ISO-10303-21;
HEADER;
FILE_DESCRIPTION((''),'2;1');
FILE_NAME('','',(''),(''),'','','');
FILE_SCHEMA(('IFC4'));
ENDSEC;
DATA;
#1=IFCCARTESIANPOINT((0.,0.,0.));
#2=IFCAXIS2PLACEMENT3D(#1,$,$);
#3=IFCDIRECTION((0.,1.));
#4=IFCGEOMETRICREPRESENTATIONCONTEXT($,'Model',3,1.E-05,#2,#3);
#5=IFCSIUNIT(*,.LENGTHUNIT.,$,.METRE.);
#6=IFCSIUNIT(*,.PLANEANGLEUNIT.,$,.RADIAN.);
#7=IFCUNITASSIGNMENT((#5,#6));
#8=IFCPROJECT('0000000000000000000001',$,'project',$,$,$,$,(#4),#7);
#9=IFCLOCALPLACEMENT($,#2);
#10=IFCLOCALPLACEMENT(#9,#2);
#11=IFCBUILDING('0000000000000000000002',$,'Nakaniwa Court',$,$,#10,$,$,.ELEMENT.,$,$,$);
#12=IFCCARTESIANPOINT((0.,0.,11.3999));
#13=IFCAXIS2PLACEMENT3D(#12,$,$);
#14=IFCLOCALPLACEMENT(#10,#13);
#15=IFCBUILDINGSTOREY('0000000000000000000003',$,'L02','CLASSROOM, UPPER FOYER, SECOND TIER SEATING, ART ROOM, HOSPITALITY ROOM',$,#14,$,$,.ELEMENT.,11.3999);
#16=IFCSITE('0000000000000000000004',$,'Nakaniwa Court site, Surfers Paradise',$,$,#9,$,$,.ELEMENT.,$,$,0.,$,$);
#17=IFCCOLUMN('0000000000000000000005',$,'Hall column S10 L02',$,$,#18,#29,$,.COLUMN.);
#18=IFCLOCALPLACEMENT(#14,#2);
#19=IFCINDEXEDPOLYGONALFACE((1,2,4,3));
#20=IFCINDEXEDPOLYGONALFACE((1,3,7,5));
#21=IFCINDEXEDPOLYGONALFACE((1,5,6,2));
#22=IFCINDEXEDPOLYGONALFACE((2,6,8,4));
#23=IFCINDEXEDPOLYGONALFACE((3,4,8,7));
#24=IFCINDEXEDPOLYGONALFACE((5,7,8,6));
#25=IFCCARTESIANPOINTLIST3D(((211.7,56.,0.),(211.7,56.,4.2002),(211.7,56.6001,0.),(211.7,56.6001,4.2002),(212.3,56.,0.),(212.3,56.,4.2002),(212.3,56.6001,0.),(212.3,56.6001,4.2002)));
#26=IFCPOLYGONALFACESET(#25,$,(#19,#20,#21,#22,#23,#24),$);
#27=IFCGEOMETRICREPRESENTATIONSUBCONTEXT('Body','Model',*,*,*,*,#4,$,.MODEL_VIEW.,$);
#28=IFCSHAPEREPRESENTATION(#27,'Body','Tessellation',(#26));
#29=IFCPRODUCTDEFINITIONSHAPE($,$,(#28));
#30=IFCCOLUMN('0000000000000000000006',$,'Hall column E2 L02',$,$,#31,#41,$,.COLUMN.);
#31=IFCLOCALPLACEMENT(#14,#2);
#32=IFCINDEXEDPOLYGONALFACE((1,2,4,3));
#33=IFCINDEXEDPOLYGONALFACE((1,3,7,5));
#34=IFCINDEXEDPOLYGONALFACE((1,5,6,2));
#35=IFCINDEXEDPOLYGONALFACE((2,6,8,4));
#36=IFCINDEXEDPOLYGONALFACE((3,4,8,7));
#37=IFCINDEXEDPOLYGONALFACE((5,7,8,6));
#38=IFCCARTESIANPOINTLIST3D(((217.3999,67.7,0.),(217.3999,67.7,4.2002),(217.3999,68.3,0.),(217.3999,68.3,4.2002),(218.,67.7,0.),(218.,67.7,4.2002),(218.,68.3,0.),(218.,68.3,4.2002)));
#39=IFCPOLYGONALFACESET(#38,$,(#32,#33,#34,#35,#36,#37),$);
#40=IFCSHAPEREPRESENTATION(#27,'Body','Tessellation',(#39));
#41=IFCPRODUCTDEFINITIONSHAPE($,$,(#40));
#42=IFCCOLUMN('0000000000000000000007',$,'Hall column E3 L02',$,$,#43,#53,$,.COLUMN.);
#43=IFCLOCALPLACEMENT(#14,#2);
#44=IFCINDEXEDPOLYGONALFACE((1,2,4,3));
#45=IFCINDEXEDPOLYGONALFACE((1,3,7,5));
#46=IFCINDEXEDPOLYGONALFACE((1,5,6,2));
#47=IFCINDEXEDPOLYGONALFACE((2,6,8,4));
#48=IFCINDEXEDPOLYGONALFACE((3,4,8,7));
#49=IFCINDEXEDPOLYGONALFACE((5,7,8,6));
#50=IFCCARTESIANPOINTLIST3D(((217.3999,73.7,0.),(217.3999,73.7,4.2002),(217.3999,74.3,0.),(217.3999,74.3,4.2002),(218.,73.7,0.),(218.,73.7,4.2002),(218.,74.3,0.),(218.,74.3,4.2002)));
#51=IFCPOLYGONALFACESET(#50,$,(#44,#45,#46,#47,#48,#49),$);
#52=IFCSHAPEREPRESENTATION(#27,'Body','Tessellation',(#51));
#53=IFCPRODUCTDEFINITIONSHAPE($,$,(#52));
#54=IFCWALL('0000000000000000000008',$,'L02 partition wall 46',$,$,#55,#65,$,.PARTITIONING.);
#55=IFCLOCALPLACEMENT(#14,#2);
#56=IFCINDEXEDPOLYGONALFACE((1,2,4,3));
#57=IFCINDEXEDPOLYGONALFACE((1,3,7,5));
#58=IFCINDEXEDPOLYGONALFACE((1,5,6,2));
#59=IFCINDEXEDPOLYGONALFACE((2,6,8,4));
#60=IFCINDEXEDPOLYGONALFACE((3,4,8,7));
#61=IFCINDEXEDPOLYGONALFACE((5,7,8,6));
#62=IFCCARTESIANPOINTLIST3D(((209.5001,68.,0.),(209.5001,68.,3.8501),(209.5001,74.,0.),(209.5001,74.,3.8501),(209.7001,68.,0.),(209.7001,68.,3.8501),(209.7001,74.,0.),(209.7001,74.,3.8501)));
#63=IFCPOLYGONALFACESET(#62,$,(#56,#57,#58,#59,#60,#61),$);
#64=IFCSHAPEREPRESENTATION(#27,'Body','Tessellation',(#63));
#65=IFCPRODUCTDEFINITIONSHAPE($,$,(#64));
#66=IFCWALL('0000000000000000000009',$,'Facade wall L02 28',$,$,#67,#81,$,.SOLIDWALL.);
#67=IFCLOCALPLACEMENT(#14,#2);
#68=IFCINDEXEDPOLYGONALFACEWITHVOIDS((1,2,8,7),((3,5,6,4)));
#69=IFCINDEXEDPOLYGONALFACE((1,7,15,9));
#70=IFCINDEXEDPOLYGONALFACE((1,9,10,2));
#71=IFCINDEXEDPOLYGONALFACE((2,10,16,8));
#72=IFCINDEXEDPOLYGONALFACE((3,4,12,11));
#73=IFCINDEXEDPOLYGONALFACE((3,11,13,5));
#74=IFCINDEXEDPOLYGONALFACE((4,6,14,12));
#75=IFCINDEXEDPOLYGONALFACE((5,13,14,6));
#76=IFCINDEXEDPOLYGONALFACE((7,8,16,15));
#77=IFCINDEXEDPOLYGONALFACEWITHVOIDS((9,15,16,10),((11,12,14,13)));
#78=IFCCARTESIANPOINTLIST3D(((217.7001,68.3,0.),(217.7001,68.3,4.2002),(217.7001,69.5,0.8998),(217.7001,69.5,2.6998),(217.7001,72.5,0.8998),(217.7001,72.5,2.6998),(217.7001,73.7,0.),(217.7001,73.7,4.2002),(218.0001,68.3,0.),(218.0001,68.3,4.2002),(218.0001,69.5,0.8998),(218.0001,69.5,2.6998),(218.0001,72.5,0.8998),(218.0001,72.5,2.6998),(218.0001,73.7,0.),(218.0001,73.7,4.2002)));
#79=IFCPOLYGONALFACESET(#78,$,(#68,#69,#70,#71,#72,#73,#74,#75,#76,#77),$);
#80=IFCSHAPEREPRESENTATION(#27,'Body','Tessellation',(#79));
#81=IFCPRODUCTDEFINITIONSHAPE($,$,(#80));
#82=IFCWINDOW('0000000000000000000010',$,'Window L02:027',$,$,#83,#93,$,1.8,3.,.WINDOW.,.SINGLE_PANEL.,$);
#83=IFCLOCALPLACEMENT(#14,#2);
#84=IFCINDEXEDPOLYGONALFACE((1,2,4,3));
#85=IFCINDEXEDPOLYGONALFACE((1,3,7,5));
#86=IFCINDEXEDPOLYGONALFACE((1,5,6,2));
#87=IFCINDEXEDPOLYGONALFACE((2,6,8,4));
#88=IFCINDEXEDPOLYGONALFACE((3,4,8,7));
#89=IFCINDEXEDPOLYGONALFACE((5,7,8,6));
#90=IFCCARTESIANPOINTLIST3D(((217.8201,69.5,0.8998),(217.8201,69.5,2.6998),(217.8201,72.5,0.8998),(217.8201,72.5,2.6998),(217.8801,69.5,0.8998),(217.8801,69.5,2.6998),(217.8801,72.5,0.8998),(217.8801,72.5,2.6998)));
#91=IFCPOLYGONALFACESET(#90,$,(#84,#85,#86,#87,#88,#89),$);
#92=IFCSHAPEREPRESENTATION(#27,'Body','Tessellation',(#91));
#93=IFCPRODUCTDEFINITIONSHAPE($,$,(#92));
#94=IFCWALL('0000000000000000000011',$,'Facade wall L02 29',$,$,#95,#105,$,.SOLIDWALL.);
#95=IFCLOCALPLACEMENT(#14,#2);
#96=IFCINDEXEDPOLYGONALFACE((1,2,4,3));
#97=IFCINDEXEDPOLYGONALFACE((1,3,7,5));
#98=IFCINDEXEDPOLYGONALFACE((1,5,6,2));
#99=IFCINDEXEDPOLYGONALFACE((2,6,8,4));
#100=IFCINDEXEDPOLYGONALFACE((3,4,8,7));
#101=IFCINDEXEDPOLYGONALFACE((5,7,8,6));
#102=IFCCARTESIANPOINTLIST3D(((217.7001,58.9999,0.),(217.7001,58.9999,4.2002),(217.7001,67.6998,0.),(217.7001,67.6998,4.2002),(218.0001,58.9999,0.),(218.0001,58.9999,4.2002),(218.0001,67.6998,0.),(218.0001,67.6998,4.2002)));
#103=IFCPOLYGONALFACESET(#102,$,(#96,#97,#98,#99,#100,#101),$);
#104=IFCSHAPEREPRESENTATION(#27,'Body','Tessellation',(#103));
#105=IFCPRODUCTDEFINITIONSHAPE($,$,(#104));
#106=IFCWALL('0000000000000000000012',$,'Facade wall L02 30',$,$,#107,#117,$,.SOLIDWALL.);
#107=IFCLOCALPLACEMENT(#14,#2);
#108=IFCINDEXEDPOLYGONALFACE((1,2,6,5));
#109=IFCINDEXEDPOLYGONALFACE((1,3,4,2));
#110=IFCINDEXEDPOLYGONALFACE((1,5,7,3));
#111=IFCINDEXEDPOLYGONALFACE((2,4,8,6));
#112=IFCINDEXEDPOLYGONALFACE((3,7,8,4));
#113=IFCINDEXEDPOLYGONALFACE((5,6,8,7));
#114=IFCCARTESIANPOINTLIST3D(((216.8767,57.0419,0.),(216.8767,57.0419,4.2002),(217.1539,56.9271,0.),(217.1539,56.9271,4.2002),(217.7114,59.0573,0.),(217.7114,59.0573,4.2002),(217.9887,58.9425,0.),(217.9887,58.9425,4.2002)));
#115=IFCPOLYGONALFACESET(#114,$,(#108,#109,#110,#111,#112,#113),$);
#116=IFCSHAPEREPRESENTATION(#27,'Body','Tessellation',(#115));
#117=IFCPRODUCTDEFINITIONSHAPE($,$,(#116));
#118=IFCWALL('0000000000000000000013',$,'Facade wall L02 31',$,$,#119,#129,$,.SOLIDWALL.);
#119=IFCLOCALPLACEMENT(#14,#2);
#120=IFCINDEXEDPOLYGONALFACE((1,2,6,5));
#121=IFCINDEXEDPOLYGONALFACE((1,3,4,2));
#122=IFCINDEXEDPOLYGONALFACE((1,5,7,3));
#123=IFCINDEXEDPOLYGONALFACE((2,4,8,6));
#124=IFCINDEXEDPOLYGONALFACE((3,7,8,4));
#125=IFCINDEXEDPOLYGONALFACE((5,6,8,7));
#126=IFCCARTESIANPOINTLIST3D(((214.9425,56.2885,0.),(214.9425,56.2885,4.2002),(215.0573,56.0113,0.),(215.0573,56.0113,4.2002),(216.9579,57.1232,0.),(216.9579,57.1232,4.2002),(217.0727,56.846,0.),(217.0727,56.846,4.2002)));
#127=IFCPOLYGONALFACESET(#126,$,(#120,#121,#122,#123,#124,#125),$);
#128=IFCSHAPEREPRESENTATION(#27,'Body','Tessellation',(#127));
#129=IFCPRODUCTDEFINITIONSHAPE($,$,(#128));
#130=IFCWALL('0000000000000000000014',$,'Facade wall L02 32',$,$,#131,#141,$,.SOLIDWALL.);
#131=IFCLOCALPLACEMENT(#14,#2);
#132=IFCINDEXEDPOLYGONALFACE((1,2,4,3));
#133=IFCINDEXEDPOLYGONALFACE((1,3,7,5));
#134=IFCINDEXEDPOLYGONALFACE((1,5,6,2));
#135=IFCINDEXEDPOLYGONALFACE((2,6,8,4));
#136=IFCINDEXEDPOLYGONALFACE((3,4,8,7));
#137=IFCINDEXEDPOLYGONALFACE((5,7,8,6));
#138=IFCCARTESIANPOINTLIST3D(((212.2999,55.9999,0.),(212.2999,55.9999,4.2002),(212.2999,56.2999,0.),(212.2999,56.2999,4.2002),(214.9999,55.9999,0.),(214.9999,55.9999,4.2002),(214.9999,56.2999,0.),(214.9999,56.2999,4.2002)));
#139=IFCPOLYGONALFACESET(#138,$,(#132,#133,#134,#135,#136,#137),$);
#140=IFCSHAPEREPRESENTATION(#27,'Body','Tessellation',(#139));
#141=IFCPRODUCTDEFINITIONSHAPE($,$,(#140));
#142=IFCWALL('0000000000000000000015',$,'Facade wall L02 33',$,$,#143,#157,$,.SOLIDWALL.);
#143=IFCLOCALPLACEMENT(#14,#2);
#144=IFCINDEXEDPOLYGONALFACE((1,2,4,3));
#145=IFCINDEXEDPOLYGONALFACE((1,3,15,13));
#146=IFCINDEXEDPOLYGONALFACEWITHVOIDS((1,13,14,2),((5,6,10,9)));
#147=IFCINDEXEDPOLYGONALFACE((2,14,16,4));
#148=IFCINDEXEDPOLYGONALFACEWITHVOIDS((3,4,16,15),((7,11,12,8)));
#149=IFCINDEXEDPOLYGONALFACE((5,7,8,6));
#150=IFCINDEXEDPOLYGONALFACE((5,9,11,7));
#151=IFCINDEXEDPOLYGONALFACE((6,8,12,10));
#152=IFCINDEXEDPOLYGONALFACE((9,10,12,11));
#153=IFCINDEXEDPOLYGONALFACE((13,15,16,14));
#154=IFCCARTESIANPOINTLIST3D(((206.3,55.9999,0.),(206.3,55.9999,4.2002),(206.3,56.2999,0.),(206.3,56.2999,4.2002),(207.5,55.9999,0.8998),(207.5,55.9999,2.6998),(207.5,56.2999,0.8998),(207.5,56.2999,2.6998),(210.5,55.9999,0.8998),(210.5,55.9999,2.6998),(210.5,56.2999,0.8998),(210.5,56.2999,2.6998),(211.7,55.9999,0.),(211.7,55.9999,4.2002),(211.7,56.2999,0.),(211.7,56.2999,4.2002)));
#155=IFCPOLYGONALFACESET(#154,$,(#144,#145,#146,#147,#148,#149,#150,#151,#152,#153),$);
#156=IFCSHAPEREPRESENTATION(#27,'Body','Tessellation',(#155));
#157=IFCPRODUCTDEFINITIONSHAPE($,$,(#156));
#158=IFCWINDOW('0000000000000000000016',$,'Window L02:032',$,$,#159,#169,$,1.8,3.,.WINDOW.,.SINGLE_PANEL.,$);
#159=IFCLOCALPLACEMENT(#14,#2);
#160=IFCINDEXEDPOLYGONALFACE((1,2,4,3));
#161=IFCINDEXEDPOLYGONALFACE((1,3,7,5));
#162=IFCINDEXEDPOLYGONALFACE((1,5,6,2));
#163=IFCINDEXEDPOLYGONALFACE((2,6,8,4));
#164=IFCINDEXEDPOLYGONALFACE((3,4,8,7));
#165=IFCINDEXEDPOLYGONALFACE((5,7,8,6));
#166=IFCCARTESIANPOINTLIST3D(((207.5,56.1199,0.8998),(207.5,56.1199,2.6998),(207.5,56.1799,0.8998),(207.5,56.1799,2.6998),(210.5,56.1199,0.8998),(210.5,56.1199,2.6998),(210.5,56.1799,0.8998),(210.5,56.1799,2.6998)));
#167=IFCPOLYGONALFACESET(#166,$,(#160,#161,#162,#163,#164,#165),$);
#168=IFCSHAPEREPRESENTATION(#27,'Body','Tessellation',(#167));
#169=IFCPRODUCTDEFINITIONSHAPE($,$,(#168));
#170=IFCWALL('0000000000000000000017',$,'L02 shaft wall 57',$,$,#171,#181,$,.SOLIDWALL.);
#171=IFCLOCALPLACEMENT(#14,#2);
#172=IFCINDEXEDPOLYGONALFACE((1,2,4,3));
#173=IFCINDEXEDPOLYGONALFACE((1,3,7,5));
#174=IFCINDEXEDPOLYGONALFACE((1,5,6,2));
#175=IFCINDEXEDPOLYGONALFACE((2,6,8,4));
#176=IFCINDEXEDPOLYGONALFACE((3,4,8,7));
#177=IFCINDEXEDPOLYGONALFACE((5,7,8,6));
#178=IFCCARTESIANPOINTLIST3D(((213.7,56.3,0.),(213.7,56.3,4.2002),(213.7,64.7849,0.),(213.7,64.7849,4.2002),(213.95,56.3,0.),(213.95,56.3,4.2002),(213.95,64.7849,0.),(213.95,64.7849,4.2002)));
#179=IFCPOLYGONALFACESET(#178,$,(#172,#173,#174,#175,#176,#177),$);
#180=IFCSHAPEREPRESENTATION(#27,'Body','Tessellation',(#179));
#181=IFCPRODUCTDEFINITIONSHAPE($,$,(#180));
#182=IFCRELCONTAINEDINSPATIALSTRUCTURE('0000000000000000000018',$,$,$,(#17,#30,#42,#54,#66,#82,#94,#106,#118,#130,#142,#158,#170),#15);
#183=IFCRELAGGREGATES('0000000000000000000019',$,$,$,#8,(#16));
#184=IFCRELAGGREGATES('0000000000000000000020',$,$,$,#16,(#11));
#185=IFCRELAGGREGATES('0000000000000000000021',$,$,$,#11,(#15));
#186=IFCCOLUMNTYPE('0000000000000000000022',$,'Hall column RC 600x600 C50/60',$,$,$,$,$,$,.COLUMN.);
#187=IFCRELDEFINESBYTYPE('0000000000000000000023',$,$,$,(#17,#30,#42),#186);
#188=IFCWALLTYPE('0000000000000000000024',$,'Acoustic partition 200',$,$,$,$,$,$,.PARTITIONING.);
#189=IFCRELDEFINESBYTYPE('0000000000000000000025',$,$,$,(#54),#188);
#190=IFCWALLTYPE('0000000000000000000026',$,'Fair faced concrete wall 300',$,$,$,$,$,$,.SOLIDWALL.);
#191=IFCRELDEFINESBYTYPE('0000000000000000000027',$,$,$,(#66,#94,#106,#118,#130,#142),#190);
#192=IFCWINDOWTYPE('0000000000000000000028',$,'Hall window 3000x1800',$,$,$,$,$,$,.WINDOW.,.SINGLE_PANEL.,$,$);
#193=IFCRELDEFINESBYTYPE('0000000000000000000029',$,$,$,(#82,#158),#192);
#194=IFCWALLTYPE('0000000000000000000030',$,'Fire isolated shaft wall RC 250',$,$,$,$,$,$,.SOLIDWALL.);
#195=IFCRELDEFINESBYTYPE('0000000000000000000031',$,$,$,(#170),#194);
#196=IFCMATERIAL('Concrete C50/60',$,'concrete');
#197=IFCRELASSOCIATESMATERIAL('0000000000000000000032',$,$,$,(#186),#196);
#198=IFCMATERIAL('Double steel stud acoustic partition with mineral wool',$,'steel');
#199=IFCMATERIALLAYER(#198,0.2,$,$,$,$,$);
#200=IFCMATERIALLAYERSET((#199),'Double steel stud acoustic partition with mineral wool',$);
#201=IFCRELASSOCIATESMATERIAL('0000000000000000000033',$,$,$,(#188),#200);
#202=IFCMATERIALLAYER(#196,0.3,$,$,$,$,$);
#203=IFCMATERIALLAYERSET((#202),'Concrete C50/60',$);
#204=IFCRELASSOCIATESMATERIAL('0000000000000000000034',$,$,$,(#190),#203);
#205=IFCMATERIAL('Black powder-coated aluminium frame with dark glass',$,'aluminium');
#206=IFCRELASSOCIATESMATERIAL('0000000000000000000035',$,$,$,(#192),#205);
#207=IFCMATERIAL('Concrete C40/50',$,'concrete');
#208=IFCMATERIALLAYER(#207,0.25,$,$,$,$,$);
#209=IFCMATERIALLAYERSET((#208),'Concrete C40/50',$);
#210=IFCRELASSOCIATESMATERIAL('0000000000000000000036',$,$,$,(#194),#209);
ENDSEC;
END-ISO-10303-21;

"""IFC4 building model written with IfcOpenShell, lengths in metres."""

from ifc_helpers import new_model, si_unit, direction, frame, frame_2d, origin, origin_2d, place, context, subcontext, project, spatial, rectangle, extrude, material, layer, layer_set, material_profile, profile_set, type_object, element, fill, save


model = new_model("IFC4")

# Units and contexts
model_context = context("Model", 3, precision=1e-05, world=origin(), true_north=direction((0.0, 1.0)))
body_context = subcontext(model_context, "Body", "Model", "MODEL_VIEW")
ifc_project = project(units=[si_unit("LENGTHUNIT", "METRE"), si_unit("PLANEANGLEUNIT", "RADIAN")], contexts=[model_context])

# Site, building, storey
site_placement = place(None, origin())
site = spatial("IfcSite", under=ifc_project, at=site_placement, Name="Nakaniwa Court site, Surfers Paradise", CompositionType="ELEMENT", RefElevation=0.0)
building_placement = place(site_placement, origin())
building = spatial("IfcBuilding", under=site, at=building_placement, Name="Nakaniwa Court", CompositionType="ELEMENT")
storey_placement = place(building_placement, frame((0.0, 0.0, 11.3999)))
storey = spatial("IfcBuildingStorey", under=building, at=storey_placement, Name="L02", Description="CLASSROOM, UPPER FOYER, SECOND TIER SEATING, ART ROOM, HOSPITALITY ROOM", CompositionType="ELEMENT", Elevation=11.3999)

# Columns
ifc_material_1 = material(Name="Concrete C50/60", Category="concrete")
ifc_material_profile_1 = material_profile(ifc_material_1, rectangle(XDim=0.6001, YDim=0.6001, at=origin_2d()), Name="RC 600x600")
ifc_profile_set_1 = profile_set([ifc_material_profile_1], Name="Concrete C50/60")
column_type = type_object("IfcColumnType", Name="Hall column RC 600x600 C50/60", PredefinedType="COLUMN", material=ifc_profile_set_1)
for number, where, z_axis, x_axis, name in (
    (1, (212.0, 56.3, 0.0), (0.0, 0.0, 1.0), (1.0, 0.0, 0.0), "Hall column S10 L02"),
    (2, (217.7, 68.0, 0.0), (0.0, 0.0, 1.0), (1.0, 0.0, 0.0), "Hall column E2 L02"),
    (3, (217.7, 74.0, 0.0), (0.0, 0.0, 1.0), (1.0, 0.0, 0.0), "Hall column E3 L02"),
):
    element("IfcColumn", number, at=place(storey_placement, frame(where, z_axis=z_axis, x_axis=x_axis)), inside=storey, type_object=column_type, Name=name, PredefinedType="COLUMN", context=body_context, shape_type="SweptSolid", body=[
        extrude(rectangle(XDim=0.6001, YDim=0.6001, at=origin_2d()), origin(), (0.0, 0.0, 1.0), 4.2002),
    ])

# Wall
ifc_material_2 = material(Name="Double steel stud acoustic partition with mineral wool", Category="steel")
ifc_layer_1 = layer(ifc_material_2, 0.2)
ifc_layer_set_1 = layer_set([ifc_layer_1], Name="Double steel stud acoustic partition with mineral wool")
wall_type_1 = type_object("IfcWallType", Name="Acoustic partition 200", PredefinedType="PARTITIONING", material=ifc_layer_set_1)
wall_1_placement = place(storey_placement, frame((209.6001, 74.0, 0.0), z_axis=(0.0, 0.0, 1.0), x_axis=(0.0, -1.0, 0.0)))
element("IfcWall", 4, at=wall_1_placement, inside=storey, type_object=wall_type_1, Name="L02 partition wall 46", PredefinedType="PARTITIONING", context=body_context, shape_type="SweptSolid", body=[
    extrude(rectangle(XDim=6.0, YDim=0.2, at=frame_2d((3.0, 0.0))), origin(), (0.0, 0.0, 1.0), 3.8501),
])

# Wall, opening, window
ifc_layer_2 = layer(ifc_material_1, 0.3)
ifc_layer_set_2 = layer_set([ifc_layer_2], Name="Concrete C50/60")
wall_type_2 = type_object("IfcWallType", Name="Fair faced concrete wall 300", PredefinedType="SOLIDWALL", material=ifc_layer_set_2)
wall_2_placement = place(storey_placement, frame((217.8501, 73.7, 0.0), z_axis=(0.0, 0.0, 1.0), x_axis=(0.0, -1.0, 0.0)))
wall_2 = element("IfcWall", 5, at=wall_2_placement, inside=storey, type_object=wall_type_2, Name="Facade wall L02 28", PredefinedType="SOLIDWALL", context=body_context, shape_type="SweptSolid", body=[
    extrude(rectangle(XDim=5.3999, YDim=0.3, at=frame_2d((2.7, 0.0))), origin(), (0.0, 0.0, 1.0), 4.2002),
])
opening_1_placement = place(wall_2_placement, frame((1.2, 0.0, 0.8999)))
opening_1 = element("IfcOpeningElement", 6, at=opening_1_placement, cuts=wall_2, PredefinedType="OPENING", context=body_context, shape_type="SweptSolid", body=[
    extrude(rectangle(XDim=3.0, YDim=1.8, at=frame_2d((1.5, 0.8999))), frame((0.0, 0.1599, 0.0), z_axis=(0.0, -1.0, 0.0), x_axis=(1.0, 0.0, 0.0)), (0.0, 0.0, 1.0), 0.3201),
])
ifc_material_3 = material(Name="Black powder-coated aluminium frame with dark glass", Category="aluminium")
window_type = type_object("IfcWindowType", Name="Hall window 3000x1800", PartitioningType="SINGLE_PANEL", PredefinedType="WINDOW", material=ifc_material_3)
window_1_placement = place(opening_1_placement, origin())
window_1 = element("IfcWindow", 7, at=window_1_placement, inside=storey, type_object=window_type, Name="Window L02:027", OverallHeight=1.8, OverallWidth=3.0, PartitioningType="SINGLE_PANEL", PredefinedType="WINDOW", context=body_context, shape_type="SweptSolid", body=[
    extrude(rectangle(XDim=3.0, YDim=1.8, at=frame_2d((1.5, 0.8999))), frame((0.0, 0.03, 0.0), z_axis=(0.0, -1.0, 0.0), x_axis=(1.0, 0.0, 0.0)), (0.0, 0.0, 1.0), 0.0601),
])
fill(opening_1, window_1)

# Walls
wall_3_placement = place(storey_placement, frame((217.8501, 67.7, 0.0), z_axis=(0.0, 0.0, 1.0), x_axis=(0.0, -1.0, 0.0)))
element("IfcWall", 8, at=wall_3_placement, inside=storey, type_object=wall_type_2, Name="Facade wall L02 29", PredefinedType="SOLIDWALL", context=body_context, shape_type="SweptSolid", body=[
    extrude(rectangle(XDim=8.7, YDim=0.3, at=frame_2d((4.3501, 0.0))), origin(), (0.0, 0.0, 1.0), 4.2002),
])
for number, where, z_axis, x_axis, name in (
    (9, (217.8501, 59.0, 0.0), (0.0, 0.0, 1.0), (-0.382652, -0.923893, 0.0), "Facade wall L02 30"),
    (10, (217.0154, 56.9846, 0.0), (0.0, 0.0, 1.0), (-0.923893, -0.382652, 0.0), "Facade wall L02 31"),
):
    element("IfcWall", number, at=place(storey_placement, frame(where, z_axis=z_axis, x_axis=x_axis)), inside=storey, type_object=wall_type_2, Name=name, PredefinedType="SOLIDWALL", context=body_context, shape_type="SweptSolid", body=[
        extrude(rectangle(XDim=2.1814, YDim=0.3, at=frame_2d((1.0908, 0.0))), origin(), (0.0, 0.0, 1.0), 4.2002),
    ])
wall_4_placement = place(storey_placement, frame((215.0, 56.1499, 0.0), z_axis=(0.0, 0.0, 1.0), x_axis=(-1.0, 0.0, 0.0)))
element("IfcWall", 11, at=wall_4_placement, inside=storey, type_object=wall_type_2, Name="Facade wall L02 32", PredefinedType="SOLIDWALL", context=body_context, shape_type="SweptSolid", body=[
    extrude(rectangle(XDim=2.7, YDim=0.3, at=frame_2d((1.3501, 0.0))), origin(), (0.0, 0.0, 1.0), 4.2002),
])

# Wall, opening, window
wall_5_placement = place(storey_placement, frame((211.7, 56.1499, 0.0), z_axis=(0.0, 0.0, 1.0), x_axis=(-1.0, 0.0, 0.0)))
wall_5 = element("IfcWall", 12, at=wall_5_placement, inside=storey, type_object=wall_type_2, Name="Facade wall L02 33", PredefinedType="SOLIDWALL", context=body_context, shape_type="SweptSolid", body=[
    extrude(rectangle(XDim=5.3999, YDim=0.3, at=frame_2d((2.7, 0.0))), origin(), (0.0, 0.0, 1.0), 4.2002),
])
opening_2_placement = place(wall_5_placement, frame((1.2, 0.0, 0.8999)))
opening_2 = element("IfcOpeningElement", 13, at=opening_2_placement, cuts=wall_5, PredefinedType="OPENING", context=body_context, shape_type="SweptSolid", body=[
    extrude(rectangle(XDim=3.0, YDim=1.8, at=frame_2d((1.5, 0.8999))), frame((0.0, 0.1599, 0.0), z_axis=(0.0, -1.0, 0.0), x_axis=(1.0, 0.0, 0.0)), (0.0, 0.0, 1.0), 0.3201),
])
window_2_placement = place(opening_2_placement, origin())
window_2 = element("IfcWindow", 14, at=window_2_placement, inside=storey, type_object=window_type, Name="Window L02:032", OverallHeight=1.8, OverallWidth=3.0, PartitioningType="SINGLE_PANEL", PredefinedType="WINDOW", context=body_context, shape_type="SweptSolid", body=[
    extrude(rectangle(XDim=3.0, YDim=1.8, at=frame_2d((1.5, 0.8999))), frame((0.0, 0.03, 0.0), z_axis=(0.0, -1.0, 0.0), x_axis=(1.0, 0.0, 0.0)), (0.0, 0.0, 1.0), 0.0601),
])
fill(opening_2, window_2)

# Wall
ifc_material_4 = material(Name="Concrete C40/50", Category="concrete")
ifc_layer_3 = layer(ifc_material_4, 0.25)
ifc_layer_set_3 = layer_set([ifc_layer_3], Name="Concrete C40/50")
wall_type_3 = type_object("IfcWallType", Name="Fire isolated shaft wall RC 250", PredefinedType="SOLIDWALL", material=ifc_layer_set_3)
wall_6_placement = place(storey_placement, frame((213.825, 56.3, 0.0), z_axis=(0.0, 0.0, 1.0), x_axis=(0.0, 1.0, 0.0)))
element("IfcWall", 15, at=wall_6_placement, inside=storey, type_object=wall_type_3, Name="L02 shaft wall 57", PredefinedType="SOLIDWALL", context=body_context, shape_type="SweptSolid", body=[
    extrude(rectangle(XDim=8.4849, YDim=0.25, at=frame_2d((4.2424, 0.0))), origin(), (0.0, 0.0, 1.0), 4.2002),
])

save(model, "model.ifc")
